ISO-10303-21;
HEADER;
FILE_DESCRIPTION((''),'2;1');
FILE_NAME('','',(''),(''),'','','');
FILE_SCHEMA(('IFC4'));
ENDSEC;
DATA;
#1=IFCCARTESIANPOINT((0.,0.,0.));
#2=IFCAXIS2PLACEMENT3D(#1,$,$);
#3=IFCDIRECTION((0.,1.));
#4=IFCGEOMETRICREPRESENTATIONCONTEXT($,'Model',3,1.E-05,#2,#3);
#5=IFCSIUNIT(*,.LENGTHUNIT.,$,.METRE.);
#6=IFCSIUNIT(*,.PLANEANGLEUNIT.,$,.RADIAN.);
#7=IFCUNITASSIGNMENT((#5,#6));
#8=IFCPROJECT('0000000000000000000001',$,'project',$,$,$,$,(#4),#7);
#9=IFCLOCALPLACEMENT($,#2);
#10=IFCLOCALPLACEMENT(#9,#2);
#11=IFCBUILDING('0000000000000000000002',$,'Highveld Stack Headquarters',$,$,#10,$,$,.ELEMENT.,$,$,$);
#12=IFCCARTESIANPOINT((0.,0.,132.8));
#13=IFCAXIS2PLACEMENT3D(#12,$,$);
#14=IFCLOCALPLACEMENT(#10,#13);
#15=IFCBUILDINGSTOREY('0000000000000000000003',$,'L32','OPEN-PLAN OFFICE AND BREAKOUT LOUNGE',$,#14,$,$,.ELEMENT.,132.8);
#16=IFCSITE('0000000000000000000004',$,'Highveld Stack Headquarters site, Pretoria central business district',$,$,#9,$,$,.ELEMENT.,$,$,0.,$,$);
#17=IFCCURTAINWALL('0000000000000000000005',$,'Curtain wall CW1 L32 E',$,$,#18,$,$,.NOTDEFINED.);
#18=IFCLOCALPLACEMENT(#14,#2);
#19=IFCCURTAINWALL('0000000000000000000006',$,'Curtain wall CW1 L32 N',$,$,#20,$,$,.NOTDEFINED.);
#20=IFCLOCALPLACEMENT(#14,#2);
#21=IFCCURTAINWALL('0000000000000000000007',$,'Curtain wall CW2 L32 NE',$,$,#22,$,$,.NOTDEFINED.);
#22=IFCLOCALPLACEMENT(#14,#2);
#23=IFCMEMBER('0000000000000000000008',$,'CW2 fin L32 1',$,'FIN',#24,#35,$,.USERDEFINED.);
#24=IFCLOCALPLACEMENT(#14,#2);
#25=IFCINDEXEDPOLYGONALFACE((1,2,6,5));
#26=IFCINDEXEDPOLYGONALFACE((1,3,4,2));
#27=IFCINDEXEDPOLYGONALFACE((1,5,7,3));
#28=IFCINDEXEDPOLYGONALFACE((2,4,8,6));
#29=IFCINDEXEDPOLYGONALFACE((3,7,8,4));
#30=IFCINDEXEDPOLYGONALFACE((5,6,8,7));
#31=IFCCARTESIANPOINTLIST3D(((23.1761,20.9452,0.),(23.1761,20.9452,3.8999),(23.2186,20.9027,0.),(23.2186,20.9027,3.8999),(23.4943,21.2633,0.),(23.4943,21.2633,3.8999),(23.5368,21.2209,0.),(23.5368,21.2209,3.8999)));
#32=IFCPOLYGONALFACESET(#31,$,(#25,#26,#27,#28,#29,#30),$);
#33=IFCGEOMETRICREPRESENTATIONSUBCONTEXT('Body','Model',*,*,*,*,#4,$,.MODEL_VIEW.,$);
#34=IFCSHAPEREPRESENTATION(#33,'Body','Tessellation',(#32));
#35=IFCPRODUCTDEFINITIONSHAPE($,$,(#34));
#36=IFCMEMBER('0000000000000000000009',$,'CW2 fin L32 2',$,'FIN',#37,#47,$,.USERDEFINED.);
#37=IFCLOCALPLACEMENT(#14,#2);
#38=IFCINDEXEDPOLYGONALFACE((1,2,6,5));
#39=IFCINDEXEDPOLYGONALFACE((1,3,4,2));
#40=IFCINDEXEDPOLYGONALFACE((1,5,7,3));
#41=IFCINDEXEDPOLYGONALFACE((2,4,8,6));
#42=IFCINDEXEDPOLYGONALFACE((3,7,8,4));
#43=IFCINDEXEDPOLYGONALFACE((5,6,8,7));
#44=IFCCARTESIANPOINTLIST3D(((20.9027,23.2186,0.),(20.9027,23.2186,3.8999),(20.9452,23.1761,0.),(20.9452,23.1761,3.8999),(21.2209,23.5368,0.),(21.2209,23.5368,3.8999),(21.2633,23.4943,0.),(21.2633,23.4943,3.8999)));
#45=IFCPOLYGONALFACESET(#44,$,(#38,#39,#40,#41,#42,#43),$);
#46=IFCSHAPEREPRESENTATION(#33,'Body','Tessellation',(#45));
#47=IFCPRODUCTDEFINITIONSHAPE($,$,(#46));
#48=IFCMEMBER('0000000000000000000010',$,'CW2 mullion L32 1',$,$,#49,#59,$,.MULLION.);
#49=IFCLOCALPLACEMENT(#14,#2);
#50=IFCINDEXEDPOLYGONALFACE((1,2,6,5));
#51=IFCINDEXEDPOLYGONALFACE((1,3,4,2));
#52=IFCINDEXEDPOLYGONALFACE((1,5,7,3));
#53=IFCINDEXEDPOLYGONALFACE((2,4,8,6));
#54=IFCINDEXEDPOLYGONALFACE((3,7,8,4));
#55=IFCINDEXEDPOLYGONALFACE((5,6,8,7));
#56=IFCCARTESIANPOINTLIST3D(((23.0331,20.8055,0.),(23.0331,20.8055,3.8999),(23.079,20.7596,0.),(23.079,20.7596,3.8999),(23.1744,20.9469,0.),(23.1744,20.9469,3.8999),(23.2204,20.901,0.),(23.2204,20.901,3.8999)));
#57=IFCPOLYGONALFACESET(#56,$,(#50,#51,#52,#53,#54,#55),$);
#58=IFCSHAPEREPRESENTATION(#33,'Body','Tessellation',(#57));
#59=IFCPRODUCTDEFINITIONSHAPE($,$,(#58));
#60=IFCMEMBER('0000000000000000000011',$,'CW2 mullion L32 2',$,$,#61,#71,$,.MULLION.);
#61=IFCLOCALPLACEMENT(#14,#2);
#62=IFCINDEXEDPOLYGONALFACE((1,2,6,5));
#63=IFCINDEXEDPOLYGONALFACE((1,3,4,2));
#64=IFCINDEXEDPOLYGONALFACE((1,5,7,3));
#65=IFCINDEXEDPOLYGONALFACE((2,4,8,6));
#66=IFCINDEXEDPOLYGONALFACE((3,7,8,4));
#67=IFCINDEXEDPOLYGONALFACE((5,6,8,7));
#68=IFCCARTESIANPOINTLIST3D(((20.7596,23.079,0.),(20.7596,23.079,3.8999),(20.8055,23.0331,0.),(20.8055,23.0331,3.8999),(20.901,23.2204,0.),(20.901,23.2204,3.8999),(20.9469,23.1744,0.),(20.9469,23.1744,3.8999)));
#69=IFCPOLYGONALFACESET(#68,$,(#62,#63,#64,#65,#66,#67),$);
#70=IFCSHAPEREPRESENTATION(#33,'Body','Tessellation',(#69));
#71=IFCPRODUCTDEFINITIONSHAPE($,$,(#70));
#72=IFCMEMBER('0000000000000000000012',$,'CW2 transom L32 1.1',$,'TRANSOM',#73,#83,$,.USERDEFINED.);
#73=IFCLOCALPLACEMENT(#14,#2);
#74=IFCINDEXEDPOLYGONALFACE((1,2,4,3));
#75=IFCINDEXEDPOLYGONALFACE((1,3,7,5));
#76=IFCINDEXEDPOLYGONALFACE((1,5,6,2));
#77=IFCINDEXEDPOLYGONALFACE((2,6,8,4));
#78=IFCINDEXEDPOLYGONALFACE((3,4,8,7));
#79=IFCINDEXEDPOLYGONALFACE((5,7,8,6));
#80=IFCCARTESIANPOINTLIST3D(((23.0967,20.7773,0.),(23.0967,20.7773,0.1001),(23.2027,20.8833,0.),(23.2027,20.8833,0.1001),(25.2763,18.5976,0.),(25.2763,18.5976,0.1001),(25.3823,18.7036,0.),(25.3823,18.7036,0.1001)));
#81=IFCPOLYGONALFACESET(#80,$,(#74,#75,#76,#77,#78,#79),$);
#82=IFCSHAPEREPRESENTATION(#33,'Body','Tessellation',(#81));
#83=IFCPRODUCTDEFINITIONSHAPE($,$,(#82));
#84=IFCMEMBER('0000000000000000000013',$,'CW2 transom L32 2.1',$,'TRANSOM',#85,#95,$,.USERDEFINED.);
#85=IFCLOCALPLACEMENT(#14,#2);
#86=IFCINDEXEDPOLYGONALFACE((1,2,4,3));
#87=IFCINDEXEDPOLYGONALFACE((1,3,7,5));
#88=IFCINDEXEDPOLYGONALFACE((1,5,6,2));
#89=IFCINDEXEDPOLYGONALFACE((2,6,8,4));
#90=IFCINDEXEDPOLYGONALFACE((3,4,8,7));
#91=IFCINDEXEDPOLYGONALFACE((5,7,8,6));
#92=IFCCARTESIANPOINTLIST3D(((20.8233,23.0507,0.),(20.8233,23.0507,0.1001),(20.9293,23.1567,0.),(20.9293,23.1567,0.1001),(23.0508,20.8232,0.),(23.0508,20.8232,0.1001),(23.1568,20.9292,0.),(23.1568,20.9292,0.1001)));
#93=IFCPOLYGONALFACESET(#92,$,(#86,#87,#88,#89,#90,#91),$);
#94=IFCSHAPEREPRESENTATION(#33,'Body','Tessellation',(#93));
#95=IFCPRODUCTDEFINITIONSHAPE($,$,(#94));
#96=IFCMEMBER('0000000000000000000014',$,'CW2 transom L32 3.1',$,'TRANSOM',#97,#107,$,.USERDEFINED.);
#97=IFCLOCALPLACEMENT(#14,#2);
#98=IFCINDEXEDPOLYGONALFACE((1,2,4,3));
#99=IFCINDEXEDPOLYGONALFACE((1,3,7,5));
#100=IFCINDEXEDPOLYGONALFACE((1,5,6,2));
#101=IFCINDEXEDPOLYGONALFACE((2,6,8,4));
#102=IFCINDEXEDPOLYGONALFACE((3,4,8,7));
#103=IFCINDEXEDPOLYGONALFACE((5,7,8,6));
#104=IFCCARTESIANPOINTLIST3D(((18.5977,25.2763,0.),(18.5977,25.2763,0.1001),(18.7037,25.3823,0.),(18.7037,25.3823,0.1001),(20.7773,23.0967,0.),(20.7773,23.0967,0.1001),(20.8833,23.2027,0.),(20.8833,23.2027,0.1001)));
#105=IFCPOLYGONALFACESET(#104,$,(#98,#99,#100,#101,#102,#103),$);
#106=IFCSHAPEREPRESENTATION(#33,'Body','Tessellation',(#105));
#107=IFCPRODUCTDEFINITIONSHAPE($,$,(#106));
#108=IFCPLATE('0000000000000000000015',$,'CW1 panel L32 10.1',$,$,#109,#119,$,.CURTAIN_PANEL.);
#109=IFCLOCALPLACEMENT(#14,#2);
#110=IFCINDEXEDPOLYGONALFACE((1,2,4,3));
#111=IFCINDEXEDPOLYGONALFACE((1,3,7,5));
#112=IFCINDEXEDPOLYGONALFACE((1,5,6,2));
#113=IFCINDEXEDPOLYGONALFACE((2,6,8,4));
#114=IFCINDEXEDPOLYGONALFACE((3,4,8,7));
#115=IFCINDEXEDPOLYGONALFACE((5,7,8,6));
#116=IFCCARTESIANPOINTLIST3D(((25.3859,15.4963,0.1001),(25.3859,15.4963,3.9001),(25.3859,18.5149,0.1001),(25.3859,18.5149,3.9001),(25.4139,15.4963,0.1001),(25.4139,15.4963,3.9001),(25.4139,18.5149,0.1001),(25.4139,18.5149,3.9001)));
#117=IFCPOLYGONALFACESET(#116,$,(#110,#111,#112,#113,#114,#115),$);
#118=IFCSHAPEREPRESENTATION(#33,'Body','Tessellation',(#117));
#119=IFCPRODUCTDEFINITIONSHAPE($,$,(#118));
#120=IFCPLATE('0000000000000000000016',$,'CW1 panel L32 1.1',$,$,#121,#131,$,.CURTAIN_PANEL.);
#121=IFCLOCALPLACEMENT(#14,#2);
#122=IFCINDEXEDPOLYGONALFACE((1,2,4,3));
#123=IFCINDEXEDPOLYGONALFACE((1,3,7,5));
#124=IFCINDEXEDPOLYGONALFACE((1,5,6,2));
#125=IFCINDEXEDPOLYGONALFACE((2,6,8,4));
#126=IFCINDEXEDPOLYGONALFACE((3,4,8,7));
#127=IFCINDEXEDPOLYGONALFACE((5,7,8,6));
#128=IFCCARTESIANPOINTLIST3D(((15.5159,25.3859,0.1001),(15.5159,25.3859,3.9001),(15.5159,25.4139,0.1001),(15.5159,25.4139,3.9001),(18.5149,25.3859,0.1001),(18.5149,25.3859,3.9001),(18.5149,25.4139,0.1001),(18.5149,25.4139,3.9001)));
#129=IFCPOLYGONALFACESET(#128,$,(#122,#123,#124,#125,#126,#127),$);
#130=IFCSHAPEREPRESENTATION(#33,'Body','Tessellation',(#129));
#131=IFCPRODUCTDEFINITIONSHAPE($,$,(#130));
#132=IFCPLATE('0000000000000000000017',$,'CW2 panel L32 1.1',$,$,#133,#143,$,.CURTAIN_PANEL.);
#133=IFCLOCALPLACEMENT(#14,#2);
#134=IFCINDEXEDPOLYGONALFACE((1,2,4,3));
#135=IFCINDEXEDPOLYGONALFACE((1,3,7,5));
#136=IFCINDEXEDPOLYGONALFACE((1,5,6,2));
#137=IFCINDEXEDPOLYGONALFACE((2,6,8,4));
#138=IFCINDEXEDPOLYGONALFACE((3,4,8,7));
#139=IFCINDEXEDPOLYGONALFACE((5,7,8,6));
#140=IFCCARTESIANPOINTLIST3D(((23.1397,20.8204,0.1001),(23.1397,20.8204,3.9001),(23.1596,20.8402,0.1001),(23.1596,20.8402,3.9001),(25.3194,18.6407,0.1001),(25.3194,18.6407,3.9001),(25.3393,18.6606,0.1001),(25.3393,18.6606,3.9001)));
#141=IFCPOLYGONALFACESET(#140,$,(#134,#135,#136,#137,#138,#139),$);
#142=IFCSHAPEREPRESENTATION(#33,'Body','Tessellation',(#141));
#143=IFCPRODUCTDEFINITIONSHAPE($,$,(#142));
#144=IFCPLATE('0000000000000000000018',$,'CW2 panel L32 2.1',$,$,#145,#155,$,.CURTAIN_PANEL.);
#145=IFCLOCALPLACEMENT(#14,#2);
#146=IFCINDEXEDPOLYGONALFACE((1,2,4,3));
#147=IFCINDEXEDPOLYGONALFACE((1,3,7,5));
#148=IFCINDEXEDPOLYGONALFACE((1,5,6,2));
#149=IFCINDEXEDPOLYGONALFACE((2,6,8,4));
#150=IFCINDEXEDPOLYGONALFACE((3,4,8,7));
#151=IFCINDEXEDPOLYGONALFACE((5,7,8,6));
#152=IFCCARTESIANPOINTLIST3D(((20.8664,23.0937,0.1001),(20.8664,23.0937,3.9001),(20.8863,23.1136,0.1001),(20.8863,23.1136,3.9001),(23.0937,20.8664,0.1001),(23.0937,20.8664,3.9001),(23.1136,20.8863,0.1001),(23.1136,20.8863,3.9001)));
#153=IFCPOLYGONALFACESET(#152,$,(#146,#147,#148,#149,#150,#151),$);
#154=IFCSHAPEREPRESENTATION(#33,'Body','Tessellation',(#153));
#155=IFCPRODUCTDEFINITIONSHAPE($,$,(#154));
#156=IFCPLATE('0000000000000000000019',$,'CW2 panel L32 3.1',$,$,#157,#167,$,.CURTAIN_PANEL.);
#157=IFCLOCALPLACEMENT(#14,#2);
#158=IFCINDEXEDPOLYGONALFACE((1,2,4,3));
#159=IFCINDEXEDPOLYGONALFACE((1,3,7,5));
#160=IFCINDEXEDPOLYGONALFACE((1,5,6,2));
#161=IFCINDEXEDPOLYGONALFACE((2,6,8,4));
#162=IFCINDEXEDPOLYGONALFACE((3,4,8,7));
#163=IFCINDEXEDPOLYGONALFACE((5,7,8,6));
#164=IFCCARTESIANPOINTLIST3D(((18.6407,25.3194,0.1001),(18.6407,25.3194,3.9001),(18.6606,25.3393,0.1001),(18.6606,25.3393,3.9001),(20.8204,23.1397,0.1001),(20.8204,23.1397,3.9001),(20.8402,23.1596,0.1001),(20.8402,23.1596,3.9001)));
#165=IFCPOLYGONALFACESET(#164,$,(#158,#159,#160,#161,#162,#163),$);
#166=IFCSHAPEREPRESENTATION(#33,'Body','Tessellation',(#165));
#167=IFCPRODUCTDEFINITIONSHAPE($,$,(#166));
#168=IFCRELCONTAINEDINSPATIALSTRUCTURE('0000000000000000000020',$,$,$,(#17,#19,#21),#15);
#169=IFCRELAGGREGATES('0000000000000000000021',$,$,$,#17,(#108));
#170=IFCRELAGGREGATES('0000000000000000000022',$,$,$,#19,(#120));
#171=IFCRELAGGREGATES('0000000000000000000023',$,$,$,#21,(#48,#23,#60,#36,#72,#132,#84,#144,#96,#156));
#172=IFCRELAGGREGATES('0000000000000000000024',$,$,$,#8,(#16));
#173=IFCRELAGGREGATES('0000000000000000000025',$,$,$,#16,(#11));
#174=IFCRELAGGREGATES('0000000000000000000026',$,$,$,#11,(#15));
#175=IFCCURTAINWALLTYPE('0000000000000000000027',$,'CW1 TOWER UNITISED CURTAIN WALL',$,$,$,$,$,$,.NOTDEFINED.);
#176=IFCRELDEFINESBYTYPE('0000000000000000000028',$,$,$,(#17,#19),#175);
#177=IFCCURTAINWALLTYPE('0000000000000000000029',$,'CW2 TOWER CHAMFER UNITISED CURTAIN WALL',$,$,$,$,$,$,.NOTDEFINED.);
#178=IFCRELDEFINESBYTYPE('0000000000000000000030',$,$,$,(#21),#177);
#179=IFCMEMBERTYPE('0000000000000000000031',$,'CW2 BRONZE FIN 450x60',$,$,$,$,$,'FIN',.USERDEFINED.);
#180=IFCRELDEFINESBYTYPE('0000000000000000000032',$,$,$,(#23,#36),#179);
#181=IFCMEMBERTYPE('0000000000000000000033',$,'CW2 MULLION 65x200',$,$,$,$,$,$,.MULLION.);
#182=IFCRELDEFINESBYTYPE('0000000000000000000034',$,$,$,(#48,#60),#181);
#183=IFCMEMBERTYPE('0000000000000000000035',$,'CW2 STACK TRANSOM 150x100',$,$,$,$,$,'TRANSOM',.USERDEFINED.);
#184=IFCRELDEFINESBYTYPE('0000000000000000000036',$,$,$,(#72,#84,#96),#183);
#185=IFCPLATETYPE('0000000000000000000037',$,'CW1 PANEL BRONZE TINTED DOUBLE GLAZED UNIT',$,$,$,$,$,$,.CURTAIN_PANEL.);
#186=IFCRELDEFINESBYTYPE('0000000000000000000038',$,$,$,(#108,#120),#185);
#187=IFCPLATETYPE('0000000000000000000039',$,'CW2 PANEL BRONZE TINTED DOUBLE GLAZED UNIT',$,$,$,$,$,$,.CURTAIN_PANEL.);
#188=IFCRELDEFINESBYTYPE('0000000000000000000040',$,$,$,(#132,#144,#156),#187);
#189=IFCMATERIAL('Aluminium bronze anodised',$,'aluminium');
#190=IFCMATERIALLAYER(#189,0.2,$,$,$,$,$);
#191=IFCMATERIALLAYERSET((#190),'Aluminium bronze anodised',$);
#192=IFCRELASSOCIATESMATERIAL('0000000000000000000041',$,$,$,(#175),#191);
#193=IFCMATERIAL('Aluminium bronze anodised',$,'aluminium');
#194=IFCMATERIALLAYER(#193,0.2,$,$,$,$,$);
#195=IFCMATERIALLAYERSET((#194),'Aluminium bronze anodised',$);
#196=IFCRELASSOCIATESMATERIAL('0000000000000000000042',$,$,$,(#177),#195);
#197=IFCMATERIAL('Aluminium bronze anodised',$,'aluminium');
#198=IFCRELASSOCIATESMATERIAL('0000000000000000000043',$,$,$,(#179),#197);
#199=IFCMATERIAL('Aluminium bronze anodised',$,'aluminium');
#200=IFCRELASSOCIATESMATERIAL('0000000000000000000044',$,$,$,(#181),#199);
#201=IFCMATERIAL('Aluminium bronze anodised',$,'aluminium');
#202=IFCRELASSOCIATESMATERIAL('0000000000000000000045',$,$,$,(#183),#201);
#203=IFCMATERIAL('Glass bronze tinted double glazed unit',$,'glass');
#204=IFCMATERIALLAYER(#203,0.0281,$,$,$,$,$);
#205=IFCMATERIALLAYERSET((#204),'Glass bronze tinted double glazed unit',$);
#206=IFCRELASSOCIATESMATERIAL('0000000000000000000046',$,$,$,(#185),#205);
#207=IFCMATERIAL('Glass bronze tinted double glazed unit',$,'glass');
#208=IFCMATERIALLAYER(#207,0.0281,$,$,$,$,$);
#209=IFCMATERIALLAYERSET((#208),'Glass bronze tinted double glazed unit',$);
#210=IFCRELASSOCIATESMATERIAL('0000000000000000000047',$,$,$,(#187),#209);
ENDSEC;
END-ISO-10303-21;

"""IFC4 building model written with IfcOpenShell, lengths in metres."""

from ifc_helpers import new_model, si_unit, direction, frame, origin, origin_2d, place, context, subcontext, project, spatial, rectangle, extrude, material, layer, layer_set, material_profile, profile_set, type_object, element, aggregate, save


model = new_model("IFC4")

# Units and contexts
model_context = context("Model", 3, precision=1e-05, world=origin(), true_north=direction((0.0, 1.0)))
body_context = subcontext(model_context, "Body", "Model", "MODEL_VIEW")
ifc_project = project(units=[si_unit("LENGTHUNIT", "METRE"), si_unit("PLANEANGLEUNIT", "RADIAN")], contexts=[model_context])

# Site, building, storey
site_placement = place(None, origin())
site = spatial("IfcSite", under=ifc_project, at=site_placement, Name="Highveld Stack Headquarters site, Pretoria central business district", CompositionType="ELEMENT", RefElevation=0.0)
building_placement = place(site_placement, origin())
building = spatial("IfcBuilding", under=site, at=building_placement, Name="Highveld Stack Headquarters", CompositionType="ELEMENT")
storey_placement = place(building_placement, frame((0.0, 0.0, 132.8)))
storey = spatial("IfcBuildingStorey", under=building, at=storey_placement, Name="L32", Description="OPEN-PLAN OFFICE AND BREAKOUT LOUNGE", CompositionType="ELEMENT", Elevation=132.8)

# Curtain walls
ifc_material_1 = material(Name="Aluminium bronze anodised", Category="aluminium")
ifc_layer_1 = layer(ifc_material_1, 0.2)
ifc_layer_set_1 = layer_set([ifc_layer_1], Name="Aluminium bronze anodised")
curtain_wall_type_1 = type_object("IfcCurtainWallType", Name="CW1 TOWER UNITISED CURTAIN WALL", PredefinedType="NOTDEFINED", material=ifc_layer_set_1)
curtain_wall_1_placement = place(storey_placement, origin())
curtain_wall_1 = element("IfcCurtainWall", 1, at=curtain_wall_1_placement, inside=storey, type_object=curtain_wall_type_1, Name="Curtain wall CW1 L32 E", PredefinedType="NOTDEFINED")
curtain_wall_2_placement = place(storey_placement, origin())
curtain_wall_2 = element("IfcCurtainWall", 2, at=curtain_wall_2_placement, inside=storey, type_object=curtain_wall_type_1, Name="Curtain wall CW1 L32 N", PredefinedType="NOTDEFINED")

# Curtain wall, members
ifc_material_2 = material(Name="Aluminium bronze anodised", Category="aluminium")
ifc_layer_2 = layer(ifc_material_2, 0.2)
ifc_layer_set_2 = layer_set([ifc_layer_2], Name="Aluminium bronze anodised")
curtain_wall_type_2 = type_object("IfcCurtainWallType", Name="CW2 TOWER CHAMFER UNITISED CURTAIN WALL", PredefinedType="NOTDEFINED", material=ifc_layer_set_2)
curtain_wall_3_placement = place(storey_placement, origin())
curtain_wall_3 = element("IfcCurtainWall", 3, at=curtain_wall_3_placement, inside=storey, type_object=curtain_wall_type_2, Name="Curtain wall CW2 L32 NE", PredefinedType="NOTDEFINED")
ifc_material_3 = material(Name="Aluminium bronze anodised", Category="aluminium")
ifc_material_profile_1 = material_profile(ifc_material_3, rectangle(XDim=0.45, YDim=0.0601, at=origin_2d()), Name="FIN 450x60")
ifc_profile_set_1 = profile_set([ifc_material_profile_1], Name="Aluminium bronze anodised")
member_type_1 = type_object("IfcMemberType", Name="CW2 BRONZE FIN 450x60", ElementType="FIN", PredefinedType="USERDEFINED", material=ifc_profile_set_1)
member_1_placement = place(storey_placement, frame((23.3564, 21.083, 0.0), z_axis=(0.0, 0.0, 1.0), x_axis=(-0.707107, -0.707107, 0.0)))
member_1 = element("IfcMember", 4, at=member_1_placement, type_object=member_type_1, Name="CW2 fin L32 1", ObjectType="FIN", PredefinedType="USERDEFINED", context=body_context, shape_type="SweptSolid", body=[
    extrude(rectangle(XDim=0.45, YDim=0.0601, at=origin_2d()), origin(), (0.0, 0.0, 1.0), 3.8999),
])
member_2_placement = place(storey_placement, frame((21.083, 23.3564, 0.0), z_axis=(0.0, 0.0, 1.0), x_axis=(-0.707107, -0.707107, 0.0)))
member_2 = element("IfcMember", 5, at=member_2_placement, type_object=member_type_1, Name="CW2 fin L32 2", ObjectType="FIN", PredefinedType="USERDEFINED", context=body_context, shape_type="SweptSolid", body=[
    extrude(rectangle(XDim=0.45, YDim=0.0601, at=origin_2d()), origin(), (0.0, 0.0, 1.0), 3.8999),
])
ifc_material_4 = material(Name="Aluminium bronze anodised", Category="aluminium")
ifc_material_profile_2 = material_profile(ifc_material_4, rectangle(XDim=0.2, YDim=0.0649, at=origin_2d()), Name="CW2 MULLION 65x200")
ifc_profile_set_2 = profile_set([ifc_material_profile_2], Name="Aluminium bronze anodised")
member_type_2 = type_object("IfcMemberType", Name="CW2 MULLION 65x200", PredefinedType="MULLION", material=ifc_profile_set_2)
member_3_placement = place(storey_placement, frame((23.1267, 20.8533, 0.0), z_axis=(0.0, 0.0, 1.0), x_axis=(-0.707107, -0.707107, 0.0)))
member_3 = element("IfcMember", 6, at=member_3_placement, type_object=member_type_2, Name="CW2 mullion L32 1", PredefinedType="MULLION", context=body_context, shape_type="SweptSolid", body=[
    extrude(rectangle(XDim=0.2, YDim=0.0649, at=origin_2d()), origin(), (0.0, 0.0, 1.0), 3.8999),
])
member_4_placement = place(storey_placement, frame((20.8533, 23.1267, 0.0), z_axis=(0.0, 0.0, 1.0), x_axis=(-0.707107, -0.707107, 0.0)))
member_4 = element("IfcMember", 7, at=member_4_placement, type_object=member_type_2, Name="CW2 mullion L32 2", PredefinedType="MULLION", context=body_context, shape_type="SweptSolid", body=[
    extrude(rectangle(XDim=0.2, YDim=0.0649, at=origin_2d()), origin(), (0.0, 0.0, 1.0), 3.8999),
])
ifc_material_5 = material(Name="Aluminium bronze anodised", Category="aluminium")
ifc_material_profile_3 = material_profile(ifc_material_5, rectangle(XDim=0.1499, YDim=0.1001, at=origin_2d()), Name="CW2 TRANSOM 150x100")
ifc_profile_set_3 = profile_set([ifc_material_profile_3], Name="Aluminium bronze anodised")
member_type_3 = type_object("IfcMemberType", Name="CW2 STACK TRANSOM 150x100", ElementType="TRANSOM", PredefinedType="USERDEFINED", material=ifc_profile_set_3)
member_5_placement = place(storey_placement, frame((25.3293, 18.6506, 0.05), z_axis=(-0.707107, 0.707107, 0.0), x_axis=(-0.707107, -0.707107, 0.0)))
member_5 = element("IfcMember", 8, at=member_5_placement, type_object=member_type_3, Name="CW2 transom L32 1.1", ObjectType="TRANSOM", PredefinedType="USERDEFINED", context=body_context, shape_type="SweptSolid", body=[
    extrude(rectangle(XDim=0.1499, YDim=0.1001, at=origin_2d()), origin(), (0.0, 0.0, 1.0), 3.0825),
])
member_6_placement = place(storey_placement, frame((23.1038, 20.8762, 0.05), z_axis=(-0.707107, 0.707107, 0.0), x_axis=(-0.707107, -0.707107, 0.0)))
member_6 = element("IfcMember", 9, at=member_6_placement, type_object=member_type_3, Name="CW2 transom L32 2.1", ObjectType="TRANSOM", PredefinedType="USERDEFINED", context=body_context, shape_type="SweptSolid", body=[
    extrude(rectangle(XDim=0.1499, YDim=0.1001, at=origin_2d()), origin(), (0.0, 0.0, 1.0), 3.1501),
])
member_7_placement = place(storey_placement, frame((20.8303, 23.1497, 0.05), z_axis=(-0.707107, 0.707107, 0.0), x_axis=(-0.707107, -0.707107, 0.0)))
member_7 = element("IfcMember", 10, at=member_7_placement, type_object=member_type_3, Name="CW2 transom L32 3.1", ObjectType="TRANSOM", PredefinedType="USERDEFINED", context=body_context, shape_type="SweptSolid", body=[
    extrude(rectangle(XDim=0.1499, YDim=0.1001, at=origin_2d()), origin(), (0.0, 0.0, 1.0), 3.0825),
])

# Plates
ifc_material_6 = material(Name="Glass bronze tinted double glazed unit", Category="glass")
ifc_layer_3 = layer(ifc_material_6, 0.0281)
ifc_layer_set_3 = layer_set([ifc_layer_3], Name="Glass bronze tinted double glazed unit")
plate_type_1 = type_object("IfcPlateType", Name="CW1 PANEL BRONZE TINTED DOUBLE GLAZED UNIT", PredefinedType="CURTAIN_PANEL", material=ifc_layer_set_3)
plate_1_placement = place(storey_placement, frame((25.3999, 17.0056, 0.1001), z_axis=(0.0, 0.0, 1.0), x_axis=(0.0, 1.0, 0.0)))
plate_1 = element("IfcPlate", 11, at=plate_1_placement, type_object=plate_type_1, Name="CW1 panel L32 10.1", PredefinedType="CURTAIN_PANEL", context=body_context, shape_type="SweptSolid", body=[
    extrude(rectangle(XDim=3.0186, YDim=0.0281, at=origin_2d()), origin(), (0.0, 0.0, 1.0), 3.8),
])
aggregate(curtain_wall_1, [plate_1])
plate_2_placement = place(storey_placement, frame((17.0154, 25.3999, 0.1001), z_axis=(0.0, 0.0, 1.0), x_axis=(-1.0, 0.0, 0.0)))
plate_2 = element("IfcPlate", 12, at=plate_2_placement, type_object=plate_type_1, Name="CW1 panel L32 1.1", PredefinedType="CURTAIN_PANEL", context=body_context, shape_type="SweptSolid", body=[
    extrude(rectangle(XDim=2.999, YDim=0.0281, at=origin_2d()), origin(), (0.0, 0.0, 1.0), 3.8),
])
aggregate(curtain_wall_2, [plate_2])
ifc_material_7 = material(Name="Glass bronze tinted double glazed unit", Category="glass")
ifc_layer_4 = layer(ifc_material_7, 0.0281)
ifc_layer_set_4 = layer_set([ifc_layer_4], Name="Glass bronze tinted double glazed unit")
plate_type_2 = type_object("IfcPlateType", Name="CW2 PANEL BRONZE TINTED DOUBLE GLAZED UNIT", PredefinedType="CURTAIN_PANEL", material=ifc_layer_set_4)
plate_3_placement = place(storey_placement, frame((24.2395, 19.7405, 0.1001), z_axis=(0.0, 0.0, 1.0), x_axis=(-0.707107, 0.707107, 0.0)))
plate_3 = element("IfcPlate", 13, at=plate_3_placement, type_object=plate_type_2, Name="CW2 panel L32 1.1", PredefinedType="CURTAIN_PANEL", context=body_context, shape_type="SweptSolid", body=[
    extrude(rectangle(XDim=3.0825, YDim=0.0281, at=origin_2d()), origin(), (0.0, 0.0, 1.0), 3.8),
])
plate_4_placement = place(storey_placement, frame((21.99, 21.99, 0.1001), z_axis=(0.0, 0.0, 1.0), x_axis=(-0.707107, 0.707107, 0.0)))
plate_4 = element("IfcPlate", 14, at=plate_4_placement, type_object=plate_type_2, Name="CW2 panel L32 2.1", PredefinedType="CURTAIN_PANEL", context=body_context, shape_type="SweptSolid", body=[
    extrude(rectangle(XDim=3.1499, YDim=0.0281, at=origin_2d()), origin(), (0.0, 0.0, 1.0), 3.8),
])
plate_5_placement = place(storey_placement, frame((19.7405, 24.2395, 0.1001), z_axis=(0.0, 0.0, 1.0), x_axis=(-0.707107, 0.707107, 0.0)))
plate_5 = element("IfcPlate", 15, at=plate_5_placement, type_object=plate_type_2, Name="CW2 panel L32 3.1", PredefinedType="CURTAIN_PANEL", context=body_context, shape_type="SweptSolid", body=[
    extrude(rectangle(XDim=3.0825, YDim=0.0281, at=origin_2d()), origin(), (0.0, 0.0, 1.0), 3.8),
])
aggregate(curtain_wall_3, [member_3, member_1, member_4, member_2, member_5, plate_3, member_6, plate_4, member_7, plate_5])

save(model, "model.ifc")
